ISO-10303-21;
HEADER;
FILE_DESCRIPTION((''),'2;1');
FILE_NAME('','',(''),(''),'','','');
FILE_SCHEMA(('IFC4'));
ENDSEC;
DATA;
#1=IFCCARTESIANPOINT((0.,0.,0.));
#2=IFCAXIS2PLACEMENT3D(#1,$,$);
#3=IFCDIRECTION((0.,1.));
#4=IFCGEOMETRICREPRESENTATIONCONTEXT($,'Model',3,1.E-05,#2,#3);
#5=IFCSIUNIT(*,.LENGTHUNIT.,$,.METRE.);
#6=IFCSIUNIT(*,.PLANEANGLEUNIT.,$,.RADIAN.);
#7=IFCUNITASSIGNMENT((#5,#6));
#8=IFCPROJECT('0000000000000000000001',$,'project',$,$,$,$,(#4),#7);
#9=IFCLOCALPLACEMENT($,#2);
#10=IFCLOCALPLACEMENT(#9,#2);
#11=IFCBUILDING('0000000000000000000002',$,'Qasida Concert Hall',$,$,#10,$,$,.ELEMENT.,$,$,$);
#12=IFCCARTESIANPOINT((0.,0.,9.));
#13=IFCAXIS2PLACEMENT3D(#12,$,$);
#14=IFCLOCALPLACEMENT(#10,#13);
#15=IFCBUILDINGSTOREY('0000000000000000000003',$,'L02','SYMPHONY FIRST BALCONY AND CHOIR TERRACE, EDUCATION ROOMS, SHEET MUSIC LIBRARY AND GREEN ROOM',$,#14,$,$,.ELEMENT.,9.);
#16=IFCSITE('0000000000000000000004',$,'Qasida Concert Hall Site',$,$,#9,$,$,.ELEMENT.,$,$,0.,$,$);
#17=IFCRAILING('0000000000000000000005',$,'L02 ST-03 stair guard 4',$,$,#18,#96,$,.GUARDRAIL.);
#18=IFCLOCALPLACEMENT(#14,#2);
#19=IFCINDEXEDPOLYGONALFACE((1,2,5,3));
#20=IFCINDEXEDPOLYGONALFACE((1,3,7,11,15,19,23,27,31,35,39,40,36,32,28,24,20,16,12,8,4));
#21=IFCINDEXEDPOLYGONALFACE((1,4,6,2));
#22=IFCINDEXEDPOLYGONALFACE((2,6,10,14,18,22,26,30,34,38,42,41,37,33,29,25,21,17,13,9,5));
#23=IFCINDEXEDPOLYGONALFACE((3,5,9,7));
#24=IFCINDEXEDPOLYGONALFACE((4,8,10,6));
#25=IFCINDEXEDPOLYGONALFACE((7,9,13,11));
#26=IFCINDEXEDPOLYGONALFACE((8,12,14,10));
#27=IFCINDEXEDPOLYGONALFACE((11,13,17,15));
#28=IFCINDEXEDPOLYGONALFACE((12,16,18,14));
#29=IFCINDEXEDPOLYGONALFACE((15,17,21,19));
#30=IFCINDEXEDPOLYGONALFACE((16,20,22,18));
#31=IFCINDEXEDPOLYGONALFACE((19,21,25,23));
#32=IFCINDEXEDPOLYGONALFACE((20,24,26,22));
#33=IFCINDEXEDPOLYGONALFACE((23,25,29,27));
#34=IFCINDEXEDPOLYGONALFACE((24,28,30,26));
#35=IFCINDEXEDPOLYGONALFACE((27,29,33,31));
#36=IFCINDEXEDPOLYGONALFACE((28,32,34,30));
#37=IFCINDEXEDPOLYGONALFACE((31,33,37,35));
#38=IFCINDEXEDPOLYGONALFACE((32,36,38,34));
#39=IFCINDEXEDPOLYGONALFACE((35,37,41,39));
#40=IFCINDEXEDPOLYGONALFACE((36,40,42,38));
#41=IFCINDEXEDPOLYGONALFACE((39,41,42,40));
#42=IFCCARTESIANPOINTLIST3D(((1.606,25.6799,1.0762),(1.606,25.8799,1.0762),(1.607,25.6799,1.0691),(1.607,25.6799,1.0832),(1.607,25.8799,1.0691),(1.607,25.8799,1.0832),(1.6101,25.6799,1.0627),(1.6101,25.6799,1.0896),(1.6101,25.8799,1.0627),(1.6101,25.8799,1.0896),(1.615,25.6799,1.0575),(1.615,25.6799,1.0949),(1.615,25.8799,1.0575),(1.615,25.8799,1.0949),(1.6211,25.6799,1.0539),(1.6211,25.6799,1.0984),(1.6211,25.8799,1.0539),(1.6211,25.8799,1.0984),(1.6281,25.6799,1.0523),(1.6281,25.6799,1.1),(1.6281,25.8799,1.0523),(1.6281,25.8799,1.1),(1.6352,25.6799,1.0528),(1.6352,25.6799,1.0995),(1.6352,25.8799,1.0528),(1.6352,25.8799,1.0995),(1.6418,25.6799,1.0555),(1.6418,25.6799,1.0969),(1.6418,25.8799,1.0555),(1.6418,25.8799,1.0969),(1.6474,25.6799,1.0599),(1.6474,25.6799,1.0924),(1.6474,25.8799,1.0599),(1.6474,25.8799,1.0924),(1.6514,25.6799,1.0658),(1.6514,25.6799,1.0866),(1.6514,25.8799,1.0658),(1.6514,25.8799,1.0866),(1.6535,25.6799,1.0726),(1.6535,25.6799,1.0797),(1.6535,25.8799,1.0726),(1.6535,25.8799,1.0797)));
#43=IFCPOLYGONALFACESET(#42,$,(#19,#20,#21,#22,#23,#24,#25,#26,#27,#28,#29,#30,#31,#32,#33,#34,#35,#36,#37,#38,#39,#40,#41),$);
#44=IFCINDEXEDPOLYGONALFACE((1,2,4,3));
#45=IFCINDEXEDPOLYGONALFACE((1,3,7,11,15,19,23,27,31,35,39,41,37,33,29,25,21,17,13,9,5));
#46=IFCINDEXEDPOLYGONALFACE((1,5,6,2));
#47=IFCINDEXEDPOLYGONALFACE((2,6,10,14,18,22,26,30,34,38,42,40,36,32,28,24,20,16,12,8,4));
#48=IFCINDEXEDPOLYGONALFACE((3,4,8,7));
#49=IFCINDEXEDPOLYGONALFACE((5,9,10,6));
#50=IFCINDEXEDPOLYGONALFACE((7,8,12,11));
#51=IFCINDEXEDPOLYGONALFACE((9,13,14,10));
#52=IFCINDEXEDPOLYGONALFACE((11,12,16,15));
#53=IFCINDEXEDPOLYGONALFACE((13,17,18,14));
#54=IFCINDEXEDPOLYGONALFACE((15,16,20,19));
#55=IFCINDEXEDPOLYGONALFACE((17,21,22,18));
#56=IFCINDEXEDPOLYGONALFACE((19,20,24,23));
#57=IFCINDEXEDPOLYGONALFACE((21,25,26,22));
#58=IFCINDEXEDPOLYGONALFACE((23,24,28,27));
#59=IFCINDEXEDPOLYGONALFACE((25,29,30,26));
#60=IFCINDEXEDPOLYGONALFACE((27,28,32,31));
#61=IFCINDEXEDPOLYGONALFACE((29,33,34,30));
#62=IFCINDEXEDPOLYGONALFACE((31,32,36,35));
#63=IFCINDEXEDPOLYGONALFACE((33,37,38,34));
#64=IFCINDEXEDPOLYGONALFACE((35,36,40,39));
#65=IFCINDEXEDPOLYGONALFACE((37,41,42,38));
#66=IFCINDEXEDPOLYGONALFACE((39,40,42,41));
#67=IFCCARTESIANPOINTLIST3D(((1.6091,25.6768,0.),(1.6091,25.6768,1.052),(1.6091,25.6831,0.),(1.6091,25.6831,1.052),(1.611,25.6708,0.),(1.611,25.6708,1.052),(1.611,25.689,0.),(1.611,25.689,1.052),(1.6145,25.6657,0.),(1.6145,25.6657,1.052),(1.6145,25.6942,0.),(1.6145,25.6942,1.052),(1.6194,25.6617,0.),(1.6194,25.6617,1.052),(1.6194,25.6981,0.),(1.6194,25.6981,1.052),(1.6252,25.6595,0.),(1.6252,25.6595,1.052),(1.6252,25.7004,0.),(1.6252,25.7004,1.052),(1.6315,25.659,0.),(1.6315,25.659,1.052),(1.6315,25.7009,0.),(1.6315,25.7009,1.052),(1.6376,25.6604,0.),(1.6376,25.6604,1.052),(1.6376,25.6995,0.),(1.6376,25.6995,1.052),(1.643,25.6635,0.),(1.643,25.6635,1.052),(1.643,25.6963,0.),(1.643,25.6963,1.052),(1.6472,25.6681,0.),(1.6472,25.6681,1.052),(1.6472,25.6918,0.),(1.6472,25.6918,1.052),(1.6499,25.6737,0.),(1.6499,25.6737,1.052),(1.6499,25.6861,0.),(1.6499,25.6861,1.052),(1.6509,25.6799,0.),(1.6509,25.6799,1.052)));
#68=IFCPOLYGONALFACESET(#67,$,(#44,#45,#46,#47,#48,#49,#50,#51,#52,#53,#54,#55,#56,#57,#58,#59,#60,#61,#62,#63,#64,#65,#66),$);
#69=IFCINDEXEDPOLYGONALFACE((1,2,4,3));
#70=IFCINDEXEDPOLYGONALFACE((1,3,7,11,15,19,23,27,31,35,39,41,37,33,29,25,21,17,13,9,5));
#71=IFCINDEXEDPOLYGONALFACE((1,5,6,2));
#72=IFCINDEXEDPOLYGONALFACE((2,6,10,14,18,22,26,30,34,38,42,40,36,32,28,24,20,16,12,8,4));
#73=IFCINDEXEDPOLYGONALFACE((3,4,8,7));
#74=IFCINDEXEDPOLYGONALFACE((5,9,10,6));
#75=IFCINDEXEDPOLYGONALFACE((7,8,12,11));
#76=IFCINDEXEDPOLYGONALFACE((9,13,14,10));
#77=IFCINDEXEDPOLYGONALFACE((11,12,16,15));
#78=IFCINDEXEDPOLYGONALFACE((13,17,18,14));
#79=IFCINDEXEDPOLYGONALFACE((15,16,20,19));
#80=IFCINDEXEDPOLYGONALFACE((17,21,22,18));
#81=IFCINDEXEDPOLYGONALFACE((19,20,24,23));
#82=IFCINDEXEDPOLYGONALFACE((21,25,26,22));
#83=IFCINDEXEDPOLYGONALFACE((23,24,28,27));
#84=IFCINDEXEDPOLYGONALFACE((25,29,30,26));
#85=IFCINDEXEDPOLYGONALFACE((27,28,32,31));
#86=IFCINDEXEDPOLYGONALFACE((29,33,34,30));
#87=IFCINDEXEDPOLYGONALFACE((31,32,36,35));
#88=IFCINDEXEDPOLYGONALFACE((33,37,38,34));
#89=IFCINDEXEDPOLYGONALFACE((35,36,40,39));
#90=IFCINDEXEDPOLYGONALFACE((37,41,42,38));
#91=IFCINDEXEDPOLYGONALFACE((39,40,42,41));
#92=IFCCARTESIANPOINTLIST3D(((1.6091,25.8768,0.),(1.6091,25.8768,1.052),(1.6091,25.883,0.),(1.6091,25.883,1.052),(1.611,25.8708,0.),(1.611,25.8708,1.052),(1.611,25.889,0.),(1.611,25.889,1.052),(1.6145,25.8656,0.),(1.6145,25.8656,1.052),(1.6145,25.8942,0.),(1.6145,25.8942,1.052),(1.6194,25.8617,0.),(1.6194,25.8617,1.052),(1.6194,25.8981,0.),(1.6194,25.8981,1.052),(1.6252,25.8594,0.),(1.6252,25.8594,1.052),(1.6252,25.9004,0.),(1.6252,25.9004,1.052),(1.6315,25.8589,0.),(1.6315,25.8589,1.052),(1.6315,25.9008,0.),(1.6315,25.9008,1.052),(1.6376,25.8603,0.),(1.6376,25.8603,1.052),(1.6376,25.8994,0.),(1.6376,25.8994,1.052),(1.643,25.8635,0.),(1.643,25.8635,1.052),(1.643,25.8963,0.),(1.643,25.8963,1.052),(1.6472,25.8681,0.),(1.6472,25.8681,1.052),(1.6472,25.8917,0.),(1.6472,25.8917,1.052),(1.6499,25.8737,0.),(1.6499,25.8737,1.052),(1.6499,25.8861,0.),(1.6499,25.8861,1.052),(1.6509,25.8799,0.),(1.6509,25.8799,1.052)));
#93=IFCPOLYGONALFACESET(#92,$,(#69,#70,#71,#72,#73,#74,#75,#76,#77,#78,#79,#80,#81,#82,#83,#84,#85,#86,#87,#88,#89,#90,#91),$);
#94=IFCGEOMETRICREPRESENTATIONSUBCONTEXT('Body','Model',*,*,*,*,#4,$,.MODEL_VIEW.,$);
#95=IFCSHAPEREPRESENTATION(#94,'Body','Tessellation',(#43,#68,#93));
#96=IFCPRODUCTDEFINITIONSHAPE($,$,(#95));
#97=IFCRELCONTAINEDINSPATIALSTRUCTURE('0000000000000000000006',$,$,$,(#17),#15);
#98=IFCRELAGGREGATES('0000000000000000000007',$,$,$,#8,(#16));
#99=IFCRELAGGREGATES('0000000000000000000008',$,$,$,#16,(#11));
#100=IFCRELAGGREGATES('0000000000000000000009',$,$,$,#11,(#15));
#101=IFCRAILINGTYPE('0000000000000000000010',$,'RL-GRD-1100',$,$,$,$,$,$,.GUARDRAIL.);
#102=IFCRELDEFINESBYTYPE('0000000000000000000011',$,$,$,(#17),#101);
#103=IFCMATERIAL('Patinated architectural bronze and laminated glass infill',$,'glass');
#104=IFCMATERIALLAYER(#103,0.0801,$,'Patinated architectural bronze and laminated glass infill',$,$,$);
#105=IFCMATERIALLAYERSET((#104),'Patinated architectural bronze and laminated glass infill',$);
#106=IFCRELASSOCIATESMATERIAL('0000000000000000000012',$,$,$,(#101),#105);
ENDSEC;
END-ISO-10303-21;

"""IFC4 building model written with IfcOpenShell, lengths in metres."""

from ifc_helpers import new_model, si_unit, direction, frame, origin, origin_2d, place, context, subcontext, project, spatial, circle, extrude, material, layer, layer_set, type_object, element, save


model = new_model("IFC4")

# Units and contexts
model_context = context("Model", 3, precision=1e-05, world=origin(), true_north=direction((0.0, 1.0)))
body_context = subcontext(model_context, "Body", "Model", "MODEL_VIEW")
ifc_project = project(units=[si_unit("LENGTHUNIT", "METRE"), si_unit("PLANEANGLEUNIT", "RADIAN")], contexts=[model_context])

# Site, building, storey
site_placement = place(None, origin())
site = spatial("IfcSite", under=ifc_project, at=site_placement, Name="Qasida Concert Hall Site", CompositionType="ELEMENT", RefElevation=0.0)
building_placement = place(site_placement, origin())
building = spatial("IfcBuilding", under=site, at=building_placement, Name="Qasida Concert Hall", CompositionType="ELEMENT")
storey_placement = place(building_placement, frame((0.0, 0.0, 9.0)))
storey = spatial("IfcBuildingStorey", under=building, at=storey_placement, Name="L02", Description="SYMPHONY FIRST BALCONY AND CHOIR TERRACE, EDUCATION ROOMS, SHEET MUSIC LIBRARY AND GREEN ROOM", CompositionType="ELEMENT", Elevation=9.0)

# Railing
ifc_material_1 = material(Name="Patinated architectural bronze and laminated glass infill", Category="glass")
ifc_layer_1 = layer(ifc_material_1, 0.0801, Name="Patinated architectural bronze and laminated glass infill")
ifc_layer_set_1 = layer_set([ifc_layer_1], Name="Patinated architectural bronze and laminated glass infill")
railing_type_1 = type_object("IfcRailingType", Name="RL-GRD-1100", PredefinedType="GUARDRAIL", material=ifc_layer_set_1)
railing_1_placement = place(storey_placement, frame((1.6299, 25.6799, 0.0)))
element("IfcRailing", 1, at=railing_1_placement, inside=storey, type_object=railing_type_1, Name="L02 ST-03 stair guard 4", PredefinedType="GUARDRAIL", context=body_context, shape_type="SweptSolid", body=[
    extrude(circle(Radius=0.0239, at=origin_2d()), frame((0.0, 0.0, 1.0762), z_axis=(0.0, 1.0, 0.0), x_axis=(-1.0, 0.0, 0.0)), (0.0, 0.0, 1.0), 0.2),
    extrude(circle(Radius=0.021, at=origin_2d()), origin(), (0.0, 0.0, 1.0), 1.052),
    extrude(circle(Radius=0.021, at=origin_2d()), frame((0.0, 0.2, 0.0)), (0.0, 0.0, 1.0), 1.052),
])

save(model, "model.ifc")
